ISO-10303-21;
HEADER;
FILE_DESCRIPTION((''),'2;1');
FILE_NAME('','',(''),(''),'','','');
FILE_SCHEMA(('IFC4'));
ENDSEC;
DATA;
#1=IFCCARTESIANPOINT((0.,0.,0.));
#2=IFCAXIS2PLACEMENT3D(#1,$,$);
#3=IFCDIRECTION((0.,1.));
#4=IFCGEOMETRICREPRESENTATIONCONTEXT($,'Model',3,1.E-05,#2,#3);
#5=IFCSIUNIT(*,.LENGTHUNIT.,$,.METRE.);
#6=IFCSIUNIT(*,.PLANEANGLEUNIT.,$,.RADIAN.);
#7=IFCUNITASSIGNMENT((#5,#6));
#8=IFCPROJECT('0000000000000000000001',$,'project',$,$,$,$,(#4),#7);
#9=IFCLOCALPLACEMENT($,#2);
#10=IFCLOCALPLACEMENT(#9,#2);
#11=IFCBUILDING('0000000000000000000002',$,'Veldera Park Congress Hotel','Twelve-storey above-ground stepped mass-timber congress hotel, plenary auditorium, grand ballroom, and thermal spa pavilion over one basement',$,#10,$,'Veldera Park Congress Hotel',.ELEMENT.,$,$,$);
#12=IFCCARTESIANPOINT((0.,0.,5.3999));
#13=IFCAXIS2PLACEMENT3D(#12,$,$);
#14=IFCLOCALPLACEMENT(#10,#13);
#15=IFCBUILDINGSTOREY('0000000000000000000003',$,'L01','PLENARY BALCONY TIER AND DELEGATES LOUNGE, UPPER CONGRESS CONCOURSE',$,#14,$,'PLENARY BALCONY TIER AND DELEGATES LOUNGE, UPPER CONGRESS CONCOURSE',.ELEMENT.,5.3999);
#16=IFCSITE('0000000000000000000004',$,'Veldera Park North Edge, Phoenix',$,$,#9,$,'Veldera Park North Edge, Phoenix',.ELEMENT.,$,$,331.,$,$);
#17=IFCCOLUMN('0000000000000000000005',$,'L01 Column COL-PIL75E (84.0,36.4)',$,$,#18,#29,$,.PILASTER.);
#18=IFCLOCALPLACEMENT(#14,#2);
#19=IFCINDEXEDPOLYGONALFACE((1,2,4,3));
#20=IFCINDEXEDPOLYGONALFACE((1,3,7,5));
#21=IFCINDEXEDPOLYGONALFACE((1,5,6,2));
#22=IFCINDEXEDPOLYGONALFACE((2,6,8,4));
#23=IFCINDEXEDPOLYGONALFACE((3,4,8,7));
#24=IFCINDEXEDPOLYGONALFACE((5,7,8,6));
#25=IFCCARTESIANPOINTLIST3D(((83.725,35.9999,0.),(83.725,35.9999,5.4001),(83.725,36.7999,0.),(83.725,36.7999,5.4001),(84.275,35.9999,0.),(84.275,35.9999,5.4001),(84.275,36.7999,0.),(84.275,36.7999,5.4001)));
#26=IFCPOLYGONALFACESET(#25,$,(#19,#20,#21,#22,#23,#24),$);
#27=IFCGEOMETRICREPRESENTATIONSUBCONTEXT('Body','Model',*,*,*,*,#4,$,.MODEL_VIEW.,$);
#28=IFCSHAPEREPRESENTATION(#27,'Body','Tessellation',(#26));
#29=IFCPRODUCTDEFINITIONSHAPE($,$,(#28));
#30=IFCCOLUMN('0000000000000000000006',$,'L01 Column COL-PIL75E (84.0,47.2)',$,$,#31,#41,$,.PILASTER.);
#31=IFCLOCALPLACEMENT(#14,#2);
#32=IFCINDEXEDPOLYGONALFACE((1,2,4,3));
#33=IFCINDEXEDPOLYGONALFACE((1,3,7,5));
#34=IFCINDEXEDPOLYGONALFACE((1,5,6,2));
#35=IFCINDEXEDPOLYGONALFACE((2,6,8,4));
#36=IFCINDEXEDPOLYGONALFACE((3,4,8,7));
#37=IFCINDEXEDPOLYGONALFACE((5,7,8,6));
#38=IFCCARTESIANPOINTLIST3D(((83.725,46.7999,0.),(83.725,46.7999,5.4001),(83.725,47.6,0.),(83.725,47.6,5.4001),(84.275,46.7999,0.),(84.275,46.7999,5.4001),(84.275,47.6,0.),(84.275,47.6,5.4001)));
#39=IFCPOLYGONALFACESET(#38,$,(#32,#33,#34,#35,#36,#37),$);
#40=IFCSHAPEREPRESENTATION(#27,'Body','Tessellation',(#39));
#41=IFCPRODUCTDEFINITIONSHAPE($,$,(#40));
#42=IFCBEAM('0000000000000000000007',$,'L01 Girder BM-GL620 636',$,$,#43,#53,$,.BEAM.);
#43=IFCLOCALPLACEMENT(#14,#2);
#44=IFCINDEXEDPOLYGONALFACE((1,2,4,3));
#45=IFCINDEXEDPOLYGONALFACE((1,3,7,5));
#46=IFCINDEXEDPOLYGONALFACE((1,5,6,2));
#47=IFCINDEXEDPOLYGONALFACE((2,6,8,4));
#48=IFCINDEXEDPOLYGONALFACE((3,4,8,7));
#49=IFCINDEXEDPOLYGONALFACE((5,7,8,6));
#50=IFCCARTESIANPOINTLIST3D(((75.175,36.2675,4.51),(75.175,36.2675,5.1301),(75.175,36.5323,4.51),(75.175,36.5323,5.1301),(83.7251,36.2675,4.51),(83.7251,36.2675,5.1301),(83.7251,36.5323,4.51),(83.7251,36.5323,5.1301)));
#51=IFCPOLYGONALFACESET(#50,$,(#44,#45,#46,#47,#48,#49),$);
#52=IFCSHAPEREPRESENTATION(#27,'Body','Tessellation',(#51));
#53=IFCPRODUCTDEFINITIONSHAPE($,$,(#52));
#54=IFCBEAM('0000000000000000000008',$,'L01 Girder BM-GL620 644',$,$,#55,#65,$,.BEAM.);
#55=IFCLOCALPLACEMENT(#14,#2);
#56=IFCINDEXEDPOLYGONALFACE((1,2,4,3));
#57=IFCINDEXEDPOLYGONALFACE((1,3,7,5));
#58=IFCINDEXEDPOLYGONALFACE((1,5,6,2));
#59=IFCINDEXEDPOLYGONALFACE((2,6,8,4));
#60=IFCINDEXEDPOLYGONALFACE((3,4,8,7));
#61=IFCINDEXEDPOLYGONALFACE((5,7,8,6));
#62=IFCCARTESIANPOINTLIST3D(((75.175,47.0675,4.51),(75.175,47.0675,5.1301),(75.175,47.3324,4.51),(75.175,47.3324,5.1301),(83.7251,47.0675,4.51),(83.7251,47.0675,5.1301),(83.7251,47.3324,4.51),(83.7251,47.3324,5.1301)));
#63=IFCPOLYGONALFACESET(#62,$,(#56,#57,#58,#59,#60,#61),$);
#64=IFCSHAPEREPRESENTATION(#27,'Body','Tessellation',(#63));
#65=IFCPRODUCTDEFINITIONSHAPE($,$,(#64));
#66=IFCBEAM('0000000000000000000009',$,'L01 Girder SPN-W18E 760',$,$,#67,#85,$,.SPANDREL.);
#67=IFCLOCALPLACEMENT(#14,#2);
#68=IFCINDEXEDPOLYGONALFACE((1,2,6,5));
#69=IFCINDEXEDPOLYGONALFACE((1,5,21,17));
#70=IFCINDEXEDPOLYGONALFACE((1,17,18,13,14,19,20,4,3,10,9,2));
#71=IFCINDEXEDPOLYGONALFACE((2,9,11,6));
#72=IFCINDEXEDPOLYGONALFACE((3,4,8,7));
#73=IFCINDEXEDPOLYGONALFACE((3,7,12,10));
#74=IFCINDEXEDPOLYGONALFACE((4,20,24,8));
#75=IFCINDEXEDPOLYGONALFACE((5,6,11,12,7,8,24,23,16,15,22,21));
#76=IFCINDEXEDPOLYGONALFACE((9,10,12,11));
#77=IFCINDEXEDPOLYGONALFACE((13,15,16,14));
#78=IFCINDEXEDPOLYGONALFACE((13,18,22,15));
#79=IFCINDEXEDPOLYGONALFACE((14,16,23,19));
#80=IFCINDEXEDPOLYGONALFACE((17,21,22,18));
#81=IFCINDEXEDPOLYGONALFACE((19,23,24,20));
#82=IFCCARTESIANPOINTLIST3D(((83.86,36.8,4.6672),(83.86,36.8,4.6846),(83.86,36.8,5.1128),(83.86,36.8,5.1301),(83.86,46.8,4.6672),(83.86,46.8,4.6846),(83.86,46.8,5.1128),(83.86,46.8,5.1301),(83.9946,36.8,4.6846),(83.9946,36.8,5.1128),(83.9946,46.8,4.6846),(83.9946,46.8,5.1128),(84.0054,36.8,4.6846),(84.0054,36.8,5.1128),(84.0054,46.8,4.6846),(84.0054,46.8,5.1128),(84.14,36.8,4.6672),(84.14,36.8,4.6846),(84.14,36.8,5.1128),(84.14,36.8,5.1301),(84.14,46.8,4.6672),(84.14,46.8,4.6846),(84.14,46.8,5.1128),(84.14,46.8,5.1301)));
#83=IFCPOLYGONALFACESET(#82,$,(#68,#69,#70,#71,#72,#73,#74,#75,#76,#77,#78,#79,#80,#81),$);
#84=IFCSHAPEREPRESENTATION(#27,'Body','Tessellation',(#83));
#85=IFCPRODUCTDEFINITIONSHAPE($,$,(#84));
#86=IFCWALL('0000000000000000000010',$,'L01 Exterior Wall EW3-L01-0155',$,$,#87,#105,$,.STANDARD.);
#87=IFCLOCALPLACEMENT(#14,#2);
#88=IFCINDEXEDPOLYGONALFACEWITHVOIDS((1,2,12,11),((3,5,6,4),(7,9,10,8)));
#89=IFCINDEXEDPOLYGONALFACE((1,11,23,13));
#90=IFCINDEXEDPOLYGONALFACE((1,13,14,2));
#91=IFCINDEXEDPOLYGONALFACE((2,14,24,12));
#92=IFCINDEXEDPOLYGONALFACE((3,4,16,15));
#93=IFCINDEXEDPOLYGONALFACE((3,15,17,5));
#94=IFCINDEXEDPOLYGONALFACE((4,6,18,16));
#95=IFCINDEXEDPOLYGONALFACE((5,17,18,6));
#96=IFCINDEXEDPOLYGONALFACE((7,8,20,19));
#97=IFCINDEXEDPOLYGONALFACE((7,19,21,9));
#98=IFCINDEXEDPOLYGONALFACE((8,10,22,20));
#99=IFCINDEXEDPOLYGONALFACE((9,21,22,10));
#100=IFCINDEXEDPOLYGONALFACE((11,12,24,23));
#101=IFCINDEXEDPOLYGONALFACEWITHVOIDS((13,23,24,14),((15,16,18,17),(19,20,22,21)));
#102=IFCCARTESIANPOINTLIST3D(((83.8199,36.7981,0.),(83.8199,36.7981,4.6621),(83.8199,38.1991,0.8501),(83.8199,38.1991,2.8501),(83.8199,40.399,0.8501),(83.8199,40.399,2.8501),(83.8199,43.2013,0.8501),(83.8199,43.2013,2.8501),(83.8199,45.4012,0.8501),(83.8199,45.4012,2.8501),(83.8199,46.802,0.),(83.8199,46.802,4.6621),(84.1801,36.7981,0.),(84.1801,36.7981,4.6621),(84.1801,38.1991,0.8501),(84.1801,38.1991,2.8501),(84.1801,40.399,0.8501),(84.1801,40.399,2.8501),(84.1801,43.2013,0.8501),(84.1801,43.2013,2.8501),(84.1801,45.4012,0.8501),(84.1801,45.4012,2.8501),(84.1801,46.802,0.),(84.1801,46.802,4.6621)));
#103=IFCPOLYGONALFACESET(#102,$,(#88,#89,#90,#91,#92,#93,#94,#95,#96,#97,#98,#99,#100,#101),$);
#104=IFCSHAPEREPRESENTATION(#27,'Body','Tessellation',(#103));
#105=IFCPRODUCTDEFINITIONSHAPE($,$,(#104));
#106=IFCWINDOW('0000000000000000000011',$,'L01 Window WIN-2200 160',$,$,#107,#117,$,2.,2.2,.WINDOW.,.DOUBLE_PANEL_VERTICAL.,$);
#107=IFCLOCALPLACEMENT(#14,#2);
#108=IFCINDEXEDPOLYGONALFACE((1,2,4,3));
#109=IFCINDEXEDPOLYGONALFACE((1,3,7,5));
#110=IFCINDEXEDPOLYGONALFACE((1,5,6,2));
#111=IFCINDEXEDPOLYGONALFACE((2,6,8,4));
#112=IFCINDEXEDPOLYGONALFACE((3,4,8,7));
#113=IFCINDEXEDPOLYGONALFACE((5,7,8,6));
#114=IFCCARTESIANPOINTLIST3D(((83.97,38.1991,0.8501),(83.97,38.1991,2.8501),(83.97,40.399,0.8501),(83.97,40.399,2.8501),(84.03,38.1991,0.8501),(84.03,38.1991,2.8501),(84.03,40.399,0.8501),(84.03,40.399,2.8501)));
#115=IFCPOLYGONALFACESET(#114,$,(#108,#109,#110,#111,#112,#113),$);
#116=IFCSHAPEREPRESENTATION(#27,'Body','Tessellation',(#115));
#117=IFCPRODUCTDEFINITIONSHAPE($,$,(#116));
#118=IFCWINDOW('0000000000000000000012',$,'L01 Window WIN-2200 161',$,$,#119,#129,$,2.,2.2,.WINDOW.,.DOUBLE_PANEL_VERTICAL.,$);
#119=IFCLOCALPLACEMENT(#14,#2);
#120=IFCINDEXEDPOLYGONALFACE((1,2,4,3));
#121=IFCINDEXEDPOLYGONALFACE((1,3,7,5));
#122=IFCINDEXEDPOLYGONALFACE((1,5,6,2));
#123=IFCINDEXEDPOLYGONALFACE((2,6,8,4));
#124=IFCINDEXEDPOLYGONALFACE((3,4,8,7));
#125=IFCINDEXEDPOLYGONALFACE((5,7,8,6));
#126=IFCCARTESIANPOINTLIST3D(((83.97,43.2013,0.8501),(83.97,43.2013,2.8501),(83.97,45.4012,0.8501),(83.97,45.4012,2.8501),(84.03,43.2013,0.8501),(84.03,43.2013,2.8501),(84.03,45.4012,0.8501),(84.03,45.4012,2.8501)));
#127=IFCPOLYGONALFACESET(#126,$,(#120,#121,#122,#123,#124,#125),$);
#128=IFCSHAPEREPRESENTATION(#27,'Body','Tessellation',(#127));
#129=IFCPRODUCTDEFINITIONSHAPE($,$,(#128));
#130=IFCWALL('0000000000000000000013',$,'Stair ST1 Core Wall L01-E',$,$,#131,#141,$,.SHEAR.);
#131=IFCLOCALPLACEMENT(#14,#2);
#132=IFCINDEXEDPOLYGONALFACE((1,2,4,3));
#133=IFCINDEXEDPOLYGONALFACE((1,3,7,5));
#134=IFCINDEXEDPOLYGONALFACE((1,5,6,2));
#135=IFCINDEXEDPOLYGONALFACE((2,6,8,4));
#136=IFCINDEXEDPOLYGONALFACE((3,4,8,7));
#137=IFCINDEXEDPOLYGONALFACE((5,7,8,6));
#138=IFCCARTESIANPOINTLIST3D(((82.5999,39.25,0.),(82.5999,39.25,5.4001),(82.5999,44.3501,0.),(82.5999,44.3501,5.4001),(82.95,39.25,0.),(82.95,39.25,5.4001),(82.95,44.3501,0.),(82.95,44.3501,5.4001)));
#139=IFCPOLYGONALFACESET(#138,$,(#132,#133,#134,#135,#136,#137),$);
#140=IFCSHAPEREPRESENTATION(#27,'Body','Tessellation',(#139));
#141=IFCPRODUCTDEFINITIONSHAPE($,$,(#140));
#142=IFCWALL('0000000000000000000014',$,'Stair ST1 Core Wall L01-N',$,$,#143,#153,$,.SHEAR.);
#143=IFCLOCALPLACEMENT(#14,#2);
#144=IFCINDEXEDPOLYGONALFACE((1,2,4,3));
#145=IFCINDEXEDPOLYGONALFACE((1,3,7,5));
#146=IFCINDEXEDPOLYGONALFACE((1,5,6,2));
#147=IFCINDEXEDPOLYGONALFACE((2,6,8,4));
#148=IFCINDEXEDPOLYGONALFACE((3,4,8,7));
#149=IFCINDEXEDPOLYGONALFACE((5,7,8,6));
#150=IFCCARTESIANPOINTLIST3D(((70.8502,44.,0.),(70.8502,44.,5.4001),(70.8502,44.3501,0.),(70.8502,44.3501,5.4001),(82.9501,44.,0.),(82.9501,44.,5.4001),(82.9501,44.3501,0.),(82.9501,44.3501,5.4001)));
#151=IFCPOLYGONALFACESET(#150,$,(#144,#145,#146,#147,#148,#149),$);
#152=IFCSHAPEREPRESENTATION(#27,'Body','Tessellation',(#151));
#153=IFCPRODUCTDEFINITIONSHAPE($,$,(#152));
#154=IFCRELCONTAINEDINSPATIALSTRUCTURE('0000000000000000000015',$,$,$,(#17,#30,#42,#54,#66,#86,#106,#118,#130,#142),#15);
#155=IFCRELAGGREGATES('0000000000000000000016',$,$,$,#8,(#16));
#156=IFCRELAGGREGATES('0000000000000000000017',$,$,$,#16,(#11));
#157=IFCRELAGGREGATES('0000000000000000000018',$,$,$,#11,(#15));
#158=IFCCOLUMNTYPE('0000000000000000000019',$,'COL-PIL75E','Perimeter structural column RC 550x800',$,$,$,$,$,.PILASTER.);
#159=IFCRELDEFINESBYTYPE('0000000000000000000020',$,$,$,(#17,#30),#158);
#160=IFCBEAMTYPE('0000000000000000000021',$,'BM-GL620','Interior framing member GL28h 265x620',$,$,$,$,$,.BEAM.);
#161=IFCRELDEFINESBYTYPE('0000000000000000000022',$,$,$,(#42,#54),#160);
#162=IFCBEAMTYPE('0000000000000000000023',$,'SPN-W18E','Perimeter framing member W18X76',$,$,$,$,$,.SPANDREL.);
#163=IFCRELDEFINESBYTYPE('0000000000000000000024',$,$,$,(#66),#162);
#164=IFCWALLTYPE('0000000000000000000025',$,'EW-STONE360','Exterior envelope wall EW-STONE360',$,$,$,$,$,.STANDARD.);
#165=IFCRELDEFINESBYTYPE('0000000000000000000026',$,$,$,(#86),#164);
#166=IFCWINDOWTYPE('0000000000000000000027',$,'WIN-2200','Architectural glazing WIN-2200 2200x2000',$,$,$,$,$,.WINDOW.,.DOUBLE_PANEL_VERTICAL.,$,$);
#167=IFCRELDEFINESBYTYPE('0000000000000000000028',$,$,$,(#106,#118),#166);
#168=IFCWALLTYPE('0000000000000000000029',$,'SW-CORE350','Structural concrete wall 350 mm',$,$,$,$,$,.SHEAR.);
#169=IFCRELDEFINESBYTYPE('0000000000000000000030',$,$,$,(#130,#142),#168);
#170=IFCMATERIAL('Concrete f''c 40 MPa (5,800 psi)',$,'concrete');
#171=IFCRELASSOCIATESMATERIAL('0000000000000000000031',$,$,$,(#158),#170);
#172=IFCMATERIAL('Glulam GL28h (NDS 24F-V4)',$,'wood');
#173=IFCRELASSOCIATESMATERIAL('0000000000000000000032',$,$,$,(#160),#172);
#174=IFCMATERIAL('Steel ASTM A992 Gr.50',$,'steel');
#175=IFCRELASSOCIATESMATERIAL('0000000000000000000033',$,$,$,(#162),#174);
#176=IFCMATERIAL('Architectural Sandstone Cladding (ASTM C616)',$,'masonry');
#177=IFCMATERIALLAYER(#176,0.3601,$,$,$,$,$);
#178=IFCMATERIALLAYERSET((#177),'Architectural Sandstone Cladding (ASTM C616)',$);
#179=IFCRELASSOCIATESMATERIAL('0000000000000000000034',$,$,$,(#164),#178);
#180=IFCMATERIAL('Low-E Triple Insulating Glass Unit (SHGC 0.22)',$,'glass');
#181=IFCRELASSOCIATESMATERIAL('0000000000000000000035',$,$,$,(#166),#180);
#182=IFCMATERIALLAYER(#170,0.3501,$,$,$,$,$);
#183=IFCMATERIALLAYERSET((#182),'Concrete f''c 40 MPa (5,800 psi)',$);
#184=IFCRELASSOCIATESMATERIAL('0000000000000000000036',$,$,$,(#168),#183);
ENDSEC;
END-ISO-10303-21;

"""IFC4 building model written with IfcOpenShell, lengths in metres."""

from ifc_helpers import new_model, si_unit, direction, frame, frame_2d, origin, origin_2d, place, context, subcontext, project, spatial, rectangle, i_section, extrude, material, layer, layer_set, material_profile, profile_set, type_object, element, fill, save


model = new_model("IFC4")

# Units and contexts
model_context = context("Model", 3, precision=1e-05, world=origin(), true_north=direction((0.0, 1.0)))
body_context = subcontext(model_context, "Body", "Model", "MODEL_VIEW")
ifc_project = project(units=[si_unit("LENGTHUNIT", "METRE"), si_unit("PLANEANGLEUNIT", "RADIAN")], contexts=[model_context])

# Site, building, storey
site_placement = place(None, origin())
site = spatial("IfcSite", under=ifc_project, at=site_placement, Name="Veldera Park North Edge, Phoenix", LongName="Veldera Park North Edge, Phoenix", CompositionType="ELEMENT", RefElevation=331.0)
building_placement = place(site_placement, origin())
building = spatial("IfcBuilding", under=site, at=building_placement, Name="Veldera Park Congress Hotel", Description="Twelve-storey above-ground stepped mass-timber congress hotel, plenary auditorium, grand ballroom, and thermal spa pavilion over one basement", LongName="Veldera Park Congress Hotel", CompositionType="ELEMENT")
storey_placement = place(building_placement, frame((0.0, 0.0, 5.3999)))
storey = spatial("IfcBuildingStorey", under=building, at=storey_placement, Name="L01", Description="PLENARY BALCONY TIER AND DELEGATES LOUNGE, UPPER CONGRESS CONCOURSE", LongName="PLENARY BALCONY TIER AND DELEGATES LOUNGE, UPPER CONGRESS CONCOURSE", CompositionType="ELEMENT", Elevation=5.3999)

# Columns
ifc_material_1 = material(Name="Concrete f'c 40 MPa (5,800 psi)", Category="concrete")
ifc_material_profile_1 = material_profile(ifc_material_1, rectangle(XDim=0.55, YDim=0.8, at=origin_2d()), Name="RC 550x800")
ifc_profile_set_1 = profile_set([ifc_material_profile_1], Name="Concrete f'c 40 MPa (5,800 psi)")
column_type = type_object("IfcColumnType", Name="COL-PIL75E", Description="Perimeter structural column RC 550x800", PredefinedType="PILASTER", material=ifc_profile_set_1)
for number, where, z_axis, x_axis, name in (
    (1, (84.0, 36.3999, 0.0), (0.0, 0.0, 1.0), (1.0, 0.0, 0.0), "L01 Column COL-PIL75E (84.0,36.4)"),
    (2, (84.0, 47.2, 0.0), (0.0, 0.0, 1.0), (1.0, 0.0, 0.0), "L01 Column COL-PIL75E (84.0,47.2)"),
):
    element("IfcColumn", number, at=place(storey_placement, frame(where, z_axis=z_axis, x_axis=x_axis)), inside=storey, type_object=column_type, Name=name, PredefinedType="PILASTER", context=body_context, shape_type="SweptSolid", body=[
        extrude(rectangle(XDim=0.55, YDim=0.8, at=origin_2d()), origin(), (0.0, 0.0, 1.0), 5.4001),
    ])

# Beams
ifc_material_2 = material(Name="Glulam GL28h (NDS 24F-V4)", Category="wood")
ifc_material_profile_2 = material_profile(ifc_material_2, rectangle(XDim=0.2649, YDim=0.6201, at=origin_2d()), Name="GL28h 265x620")
ifc_profile_set_2 = profile_set([ifc_material_profile_2], Name="Glulam GL28h (NDS 24F-V4)")
beam_type_1 = type_object("IfcBeamType", Name="BM-GL620", Description="Interior framing member GL28h 265x620", PredefinedType="BEAM", material=ifc_profile_set_2)
for number, where, z_axis, x_axis, name in (
    (3, (75.175, 36.3999, 4.8201), (1.0, 0.0, 0.0), (0.0, 1.0, 0.0), "L01 Girder BM-GL620 636"),
    (4, (75.175, 47.2, 4.8201), (1.0, 0.0, 0.0), (0.0, 1.0, 0.0), "L01 Girder BM-GL620 644"),
):
    element("IfcBeam", number, at=place(storey_placement, frame(where, z_axis=z_axis, x_axis=x_axis)), inside=storey, type_object=beam_type_1, Name=name, PredefinedType="BEAM", context=body_context, shape_type="SweptSolid", body=[
        extrude(rectangle(XDim=0.2649, YDim=0.6201, at=origin_2d()), origin(), (0.0, 0.0, 1.0), 8.55),
    ])
ifc_material_3 = material(Name="Steel ASTM A992 Gr.50", Category="steel")
ifc_material_profile_3 = material_profile(ifc_material_3, i_section(OverallWidth=0.28, OverallDepth=0.4629, WebThickness=0.0107, FlangeThickness=0.0173, at=origin_2d()), Name="W18X76")
ifc_profile_set_3 = profile_set([ifc_material_profile_3], Name="Steel ASTM A992 Gr.50")
beam_type_2 = type_object("IfcBeamType", Name="SPN-W18E", Description="Perimeter framing member W18X76", PredefinedType="SPANDREL", material=ifc_profile_set_3)
beam_placement = place(storey_placement, frame((84.0, 36.8, 4.8987), z_axis=(0.0, 1.0, 0.0), x_axis=(-1.0, 0.0, 0.0)))
element("IfcBeam", 5, at=beam_placement, inside=storey, type_object=beam_type_2, Name="L01 Girder SPN-W18E 760", PredefinedType="SPANDREL", context=body_context, shape_type="SweptSolid", body=[
    extrude(i_section(OverallWidth=0.28, OverallDepth=0.4629, WebThickness=0.0107, FlangeThickness=0.0173, at=origin_2d()), origin(), (0.0, 0.0, 1.0), 10.0),
])

# Wall, openings, windows
ifc_material_4 = material(Name="Architectural Sandstone Cladding (ASTM C616)", Category="masonry")
ifc_layer_1 = layer(ifc_material_4, 0.3601)
ifc_layer_set_1 = layer_set([ifc_layer_1], Name="Architectural Sandstone Cladding (ASTM C616)")
wall_type_1 = type_object("IfcWallType", Name="EW-STONE360", Description="Exterior envelope wall EW-STONE360", PredefinedType="STANDARD", material=ifc_layer_set_1)
wall_1_placement = place(storey_placement, frame((84.0, 36.7981, 0.0), z_axis=(0.0, 0.0, 1.0), x_axis=(0.0, 1.0, 0.0)))
wall_1 = element("IfcWall", 6, at=wall_1_placement, inside=storey, type_object=wall_type_1, Name="L01 Exterior Wall EW3-L01-0155", PredefinedType="STANDARD", context=body_context, shape_type="SweptSolid", body=[
    extrude(rectangle(XDim=10.0039, YDim=0.3601, at=frame_2d((5.002, 0.0))), origin(), (0.0, 0.0, 1.0), 4.6621),
])
opening_1_placement = place(wall_1_placement, frame((1.4009, 0.0, 0.8501)))
opening_1 = element("IfcOpeningElement", 7, at=opening_1_placement, cuts=wall_1, PredefinedType="OPENING", context=body_context, shape_type="SweptSolid", body=[
    extrude(rectangle(XDim=2.2, YDim=2.0, at=frame_2d((1.1001, 1.0))), frame((0.0, 0.1921, 0.0), z_axis=(0.0, -1.0, 0.0), x_axis=(1.0, 0.0, 0.0)), (0.0, 0.0, 1.0), 0.384),
])
opening_2_placement = place(wall_1_placement, frame((6.4031, 0.0, 0.8501)))
opening_2 = element("IfcOpeningElement", 8, at=opening_2_placement, cuts=wall_1, PredefinedType="OPENING", context=body_context, shape_type="SweptSolid", body=[
    extrude(rectangle(XDim=2.2, YDim=2.0, at=frame_2d((1.1001, 1.0))), frame((0.0, 0.1921, 0.0), z_axis=(0.0, -1.0, 0.0), x_axis=(1.0, 0.0, 0.0)), (0.0, 0.0, 1.0), 0.384),
])
ifc_material_5 = material(Name="Low-E Triple Insulating Glass Unit (SHGC 0.22)", Category="glass")
window_type = type_object("IfcWindowType", Name="WIN-2200", Description="Architectural glazing WIN-2200 2200x2000", PartitioningType="DOUBLE_PANEL_VERTICAL", PredefinedType="WINDOW", material=ifc_material_5)
window_1_placement = place(opening_1_placement, origin())
window_1 = element("IfcWindow", 9, at=window_1_placement, inside=storey, type_object=window_type, Name="L01 Window WIN-2200 160", OverallHeight=2.0, OverallWidth=2.2, PartitioningType="DOUBLE_PANEL_VERTICAL", PredefinedType="WINDOW", context=body_context, shape_type="SweptSolid", body=[
    extrude(rectangle(XDim=2.2, YDim=2.0, at=frame_2d((1.1001, 1.0))), frame((0.0, 0.03, 0.0), z_axis=(0.0, -1.0, 0.0), x_axis=(1.0, 0.0, 0.0)), (0.0, 0.0, 1.0), 0.0601),
])
fill(opening_1, window_1)
window_2_placement = place(opening_2_placement, origin())
window_2 = element("IfcWindow", 10, at=window_2_placement, inside=storey, type_object=window_type, Name="L01 Window WIN-2200 161", OverallHeight=2.0, OverallWidth=2.2, PartitioningType="DOUBLE_PANEL_VERTICAL", PredefinedType="WINDOW", context=body_context, shape_type="SweptSolid", body=[
    extrude(rectangle(XDim=2.2, YDim=2.0, at=frame_2d((1.1001, 1.0))), frame((0.0, 0.03, 0.0), z_axis=(0.0, -1.0, 0.0), x_axis=(1.0, 0.0, 0.0)), (0.0, 0.0, 1.0), 0.0601),
])
fill(opening_2, window_2)

# Walls
ifc_layer_2 = layer(ifc_material_1, 0.3501)
ifc_layer_set_2 = layer_set([ifc_layer_2], Name="Concrete f'c 40 MPa (5,800 psi)")
wall_type_2 = type_object("IfcWallType", Name="SW-CORE350", Description="Structural concrete wall 350 mm", PredefinedType="SHEAR", material=ifc_layer_set_2)
wall_2_placement = place(storey_placement, frame((82.7749, 39.25, 0.0), z_axis=(0.0, 0.0, 1.0), x_axis=(0.0, 1.0, 0.0)))
element("IfcWall", 11, at=wall_2_placement, inside=storey, type_object=wall_type_2, Name="Stair ST1 Core Wall L01-E", PredefinedType="SHEAR", context=body_context, shape_type="SweptSolid", body=[
    extrude(rectangle(XDim=5.1001, YDim=0.3501, at=frame_2d((2.55, 0.0))), origin(), (0.0, 0.0, 1.0), 5.4001),
])
wall_3_placement = place(storey_placement, frame((82.95, 44.175, 0.0), z_axis=(0.0, 0.0, 1.0), x_axis=(-1.0, 0.0, 0.0)))
element("IfcWall", 12, at=wall_3_placement, inside=storey, type_object=wall_type_2, Name="Stair ST1 Core Wall L01-N", PredefinedType="SHEAR", context=body_context, shape_type="SweptSolid", body=[
    extrude(rectangle(XDim=12.0999, YDim=0.3501, at=frame_2d((6.0498, 0.0))), origin(), (0.0, 0.0, 1.0), 5.4001),
])

save(model, "model.ifc")
